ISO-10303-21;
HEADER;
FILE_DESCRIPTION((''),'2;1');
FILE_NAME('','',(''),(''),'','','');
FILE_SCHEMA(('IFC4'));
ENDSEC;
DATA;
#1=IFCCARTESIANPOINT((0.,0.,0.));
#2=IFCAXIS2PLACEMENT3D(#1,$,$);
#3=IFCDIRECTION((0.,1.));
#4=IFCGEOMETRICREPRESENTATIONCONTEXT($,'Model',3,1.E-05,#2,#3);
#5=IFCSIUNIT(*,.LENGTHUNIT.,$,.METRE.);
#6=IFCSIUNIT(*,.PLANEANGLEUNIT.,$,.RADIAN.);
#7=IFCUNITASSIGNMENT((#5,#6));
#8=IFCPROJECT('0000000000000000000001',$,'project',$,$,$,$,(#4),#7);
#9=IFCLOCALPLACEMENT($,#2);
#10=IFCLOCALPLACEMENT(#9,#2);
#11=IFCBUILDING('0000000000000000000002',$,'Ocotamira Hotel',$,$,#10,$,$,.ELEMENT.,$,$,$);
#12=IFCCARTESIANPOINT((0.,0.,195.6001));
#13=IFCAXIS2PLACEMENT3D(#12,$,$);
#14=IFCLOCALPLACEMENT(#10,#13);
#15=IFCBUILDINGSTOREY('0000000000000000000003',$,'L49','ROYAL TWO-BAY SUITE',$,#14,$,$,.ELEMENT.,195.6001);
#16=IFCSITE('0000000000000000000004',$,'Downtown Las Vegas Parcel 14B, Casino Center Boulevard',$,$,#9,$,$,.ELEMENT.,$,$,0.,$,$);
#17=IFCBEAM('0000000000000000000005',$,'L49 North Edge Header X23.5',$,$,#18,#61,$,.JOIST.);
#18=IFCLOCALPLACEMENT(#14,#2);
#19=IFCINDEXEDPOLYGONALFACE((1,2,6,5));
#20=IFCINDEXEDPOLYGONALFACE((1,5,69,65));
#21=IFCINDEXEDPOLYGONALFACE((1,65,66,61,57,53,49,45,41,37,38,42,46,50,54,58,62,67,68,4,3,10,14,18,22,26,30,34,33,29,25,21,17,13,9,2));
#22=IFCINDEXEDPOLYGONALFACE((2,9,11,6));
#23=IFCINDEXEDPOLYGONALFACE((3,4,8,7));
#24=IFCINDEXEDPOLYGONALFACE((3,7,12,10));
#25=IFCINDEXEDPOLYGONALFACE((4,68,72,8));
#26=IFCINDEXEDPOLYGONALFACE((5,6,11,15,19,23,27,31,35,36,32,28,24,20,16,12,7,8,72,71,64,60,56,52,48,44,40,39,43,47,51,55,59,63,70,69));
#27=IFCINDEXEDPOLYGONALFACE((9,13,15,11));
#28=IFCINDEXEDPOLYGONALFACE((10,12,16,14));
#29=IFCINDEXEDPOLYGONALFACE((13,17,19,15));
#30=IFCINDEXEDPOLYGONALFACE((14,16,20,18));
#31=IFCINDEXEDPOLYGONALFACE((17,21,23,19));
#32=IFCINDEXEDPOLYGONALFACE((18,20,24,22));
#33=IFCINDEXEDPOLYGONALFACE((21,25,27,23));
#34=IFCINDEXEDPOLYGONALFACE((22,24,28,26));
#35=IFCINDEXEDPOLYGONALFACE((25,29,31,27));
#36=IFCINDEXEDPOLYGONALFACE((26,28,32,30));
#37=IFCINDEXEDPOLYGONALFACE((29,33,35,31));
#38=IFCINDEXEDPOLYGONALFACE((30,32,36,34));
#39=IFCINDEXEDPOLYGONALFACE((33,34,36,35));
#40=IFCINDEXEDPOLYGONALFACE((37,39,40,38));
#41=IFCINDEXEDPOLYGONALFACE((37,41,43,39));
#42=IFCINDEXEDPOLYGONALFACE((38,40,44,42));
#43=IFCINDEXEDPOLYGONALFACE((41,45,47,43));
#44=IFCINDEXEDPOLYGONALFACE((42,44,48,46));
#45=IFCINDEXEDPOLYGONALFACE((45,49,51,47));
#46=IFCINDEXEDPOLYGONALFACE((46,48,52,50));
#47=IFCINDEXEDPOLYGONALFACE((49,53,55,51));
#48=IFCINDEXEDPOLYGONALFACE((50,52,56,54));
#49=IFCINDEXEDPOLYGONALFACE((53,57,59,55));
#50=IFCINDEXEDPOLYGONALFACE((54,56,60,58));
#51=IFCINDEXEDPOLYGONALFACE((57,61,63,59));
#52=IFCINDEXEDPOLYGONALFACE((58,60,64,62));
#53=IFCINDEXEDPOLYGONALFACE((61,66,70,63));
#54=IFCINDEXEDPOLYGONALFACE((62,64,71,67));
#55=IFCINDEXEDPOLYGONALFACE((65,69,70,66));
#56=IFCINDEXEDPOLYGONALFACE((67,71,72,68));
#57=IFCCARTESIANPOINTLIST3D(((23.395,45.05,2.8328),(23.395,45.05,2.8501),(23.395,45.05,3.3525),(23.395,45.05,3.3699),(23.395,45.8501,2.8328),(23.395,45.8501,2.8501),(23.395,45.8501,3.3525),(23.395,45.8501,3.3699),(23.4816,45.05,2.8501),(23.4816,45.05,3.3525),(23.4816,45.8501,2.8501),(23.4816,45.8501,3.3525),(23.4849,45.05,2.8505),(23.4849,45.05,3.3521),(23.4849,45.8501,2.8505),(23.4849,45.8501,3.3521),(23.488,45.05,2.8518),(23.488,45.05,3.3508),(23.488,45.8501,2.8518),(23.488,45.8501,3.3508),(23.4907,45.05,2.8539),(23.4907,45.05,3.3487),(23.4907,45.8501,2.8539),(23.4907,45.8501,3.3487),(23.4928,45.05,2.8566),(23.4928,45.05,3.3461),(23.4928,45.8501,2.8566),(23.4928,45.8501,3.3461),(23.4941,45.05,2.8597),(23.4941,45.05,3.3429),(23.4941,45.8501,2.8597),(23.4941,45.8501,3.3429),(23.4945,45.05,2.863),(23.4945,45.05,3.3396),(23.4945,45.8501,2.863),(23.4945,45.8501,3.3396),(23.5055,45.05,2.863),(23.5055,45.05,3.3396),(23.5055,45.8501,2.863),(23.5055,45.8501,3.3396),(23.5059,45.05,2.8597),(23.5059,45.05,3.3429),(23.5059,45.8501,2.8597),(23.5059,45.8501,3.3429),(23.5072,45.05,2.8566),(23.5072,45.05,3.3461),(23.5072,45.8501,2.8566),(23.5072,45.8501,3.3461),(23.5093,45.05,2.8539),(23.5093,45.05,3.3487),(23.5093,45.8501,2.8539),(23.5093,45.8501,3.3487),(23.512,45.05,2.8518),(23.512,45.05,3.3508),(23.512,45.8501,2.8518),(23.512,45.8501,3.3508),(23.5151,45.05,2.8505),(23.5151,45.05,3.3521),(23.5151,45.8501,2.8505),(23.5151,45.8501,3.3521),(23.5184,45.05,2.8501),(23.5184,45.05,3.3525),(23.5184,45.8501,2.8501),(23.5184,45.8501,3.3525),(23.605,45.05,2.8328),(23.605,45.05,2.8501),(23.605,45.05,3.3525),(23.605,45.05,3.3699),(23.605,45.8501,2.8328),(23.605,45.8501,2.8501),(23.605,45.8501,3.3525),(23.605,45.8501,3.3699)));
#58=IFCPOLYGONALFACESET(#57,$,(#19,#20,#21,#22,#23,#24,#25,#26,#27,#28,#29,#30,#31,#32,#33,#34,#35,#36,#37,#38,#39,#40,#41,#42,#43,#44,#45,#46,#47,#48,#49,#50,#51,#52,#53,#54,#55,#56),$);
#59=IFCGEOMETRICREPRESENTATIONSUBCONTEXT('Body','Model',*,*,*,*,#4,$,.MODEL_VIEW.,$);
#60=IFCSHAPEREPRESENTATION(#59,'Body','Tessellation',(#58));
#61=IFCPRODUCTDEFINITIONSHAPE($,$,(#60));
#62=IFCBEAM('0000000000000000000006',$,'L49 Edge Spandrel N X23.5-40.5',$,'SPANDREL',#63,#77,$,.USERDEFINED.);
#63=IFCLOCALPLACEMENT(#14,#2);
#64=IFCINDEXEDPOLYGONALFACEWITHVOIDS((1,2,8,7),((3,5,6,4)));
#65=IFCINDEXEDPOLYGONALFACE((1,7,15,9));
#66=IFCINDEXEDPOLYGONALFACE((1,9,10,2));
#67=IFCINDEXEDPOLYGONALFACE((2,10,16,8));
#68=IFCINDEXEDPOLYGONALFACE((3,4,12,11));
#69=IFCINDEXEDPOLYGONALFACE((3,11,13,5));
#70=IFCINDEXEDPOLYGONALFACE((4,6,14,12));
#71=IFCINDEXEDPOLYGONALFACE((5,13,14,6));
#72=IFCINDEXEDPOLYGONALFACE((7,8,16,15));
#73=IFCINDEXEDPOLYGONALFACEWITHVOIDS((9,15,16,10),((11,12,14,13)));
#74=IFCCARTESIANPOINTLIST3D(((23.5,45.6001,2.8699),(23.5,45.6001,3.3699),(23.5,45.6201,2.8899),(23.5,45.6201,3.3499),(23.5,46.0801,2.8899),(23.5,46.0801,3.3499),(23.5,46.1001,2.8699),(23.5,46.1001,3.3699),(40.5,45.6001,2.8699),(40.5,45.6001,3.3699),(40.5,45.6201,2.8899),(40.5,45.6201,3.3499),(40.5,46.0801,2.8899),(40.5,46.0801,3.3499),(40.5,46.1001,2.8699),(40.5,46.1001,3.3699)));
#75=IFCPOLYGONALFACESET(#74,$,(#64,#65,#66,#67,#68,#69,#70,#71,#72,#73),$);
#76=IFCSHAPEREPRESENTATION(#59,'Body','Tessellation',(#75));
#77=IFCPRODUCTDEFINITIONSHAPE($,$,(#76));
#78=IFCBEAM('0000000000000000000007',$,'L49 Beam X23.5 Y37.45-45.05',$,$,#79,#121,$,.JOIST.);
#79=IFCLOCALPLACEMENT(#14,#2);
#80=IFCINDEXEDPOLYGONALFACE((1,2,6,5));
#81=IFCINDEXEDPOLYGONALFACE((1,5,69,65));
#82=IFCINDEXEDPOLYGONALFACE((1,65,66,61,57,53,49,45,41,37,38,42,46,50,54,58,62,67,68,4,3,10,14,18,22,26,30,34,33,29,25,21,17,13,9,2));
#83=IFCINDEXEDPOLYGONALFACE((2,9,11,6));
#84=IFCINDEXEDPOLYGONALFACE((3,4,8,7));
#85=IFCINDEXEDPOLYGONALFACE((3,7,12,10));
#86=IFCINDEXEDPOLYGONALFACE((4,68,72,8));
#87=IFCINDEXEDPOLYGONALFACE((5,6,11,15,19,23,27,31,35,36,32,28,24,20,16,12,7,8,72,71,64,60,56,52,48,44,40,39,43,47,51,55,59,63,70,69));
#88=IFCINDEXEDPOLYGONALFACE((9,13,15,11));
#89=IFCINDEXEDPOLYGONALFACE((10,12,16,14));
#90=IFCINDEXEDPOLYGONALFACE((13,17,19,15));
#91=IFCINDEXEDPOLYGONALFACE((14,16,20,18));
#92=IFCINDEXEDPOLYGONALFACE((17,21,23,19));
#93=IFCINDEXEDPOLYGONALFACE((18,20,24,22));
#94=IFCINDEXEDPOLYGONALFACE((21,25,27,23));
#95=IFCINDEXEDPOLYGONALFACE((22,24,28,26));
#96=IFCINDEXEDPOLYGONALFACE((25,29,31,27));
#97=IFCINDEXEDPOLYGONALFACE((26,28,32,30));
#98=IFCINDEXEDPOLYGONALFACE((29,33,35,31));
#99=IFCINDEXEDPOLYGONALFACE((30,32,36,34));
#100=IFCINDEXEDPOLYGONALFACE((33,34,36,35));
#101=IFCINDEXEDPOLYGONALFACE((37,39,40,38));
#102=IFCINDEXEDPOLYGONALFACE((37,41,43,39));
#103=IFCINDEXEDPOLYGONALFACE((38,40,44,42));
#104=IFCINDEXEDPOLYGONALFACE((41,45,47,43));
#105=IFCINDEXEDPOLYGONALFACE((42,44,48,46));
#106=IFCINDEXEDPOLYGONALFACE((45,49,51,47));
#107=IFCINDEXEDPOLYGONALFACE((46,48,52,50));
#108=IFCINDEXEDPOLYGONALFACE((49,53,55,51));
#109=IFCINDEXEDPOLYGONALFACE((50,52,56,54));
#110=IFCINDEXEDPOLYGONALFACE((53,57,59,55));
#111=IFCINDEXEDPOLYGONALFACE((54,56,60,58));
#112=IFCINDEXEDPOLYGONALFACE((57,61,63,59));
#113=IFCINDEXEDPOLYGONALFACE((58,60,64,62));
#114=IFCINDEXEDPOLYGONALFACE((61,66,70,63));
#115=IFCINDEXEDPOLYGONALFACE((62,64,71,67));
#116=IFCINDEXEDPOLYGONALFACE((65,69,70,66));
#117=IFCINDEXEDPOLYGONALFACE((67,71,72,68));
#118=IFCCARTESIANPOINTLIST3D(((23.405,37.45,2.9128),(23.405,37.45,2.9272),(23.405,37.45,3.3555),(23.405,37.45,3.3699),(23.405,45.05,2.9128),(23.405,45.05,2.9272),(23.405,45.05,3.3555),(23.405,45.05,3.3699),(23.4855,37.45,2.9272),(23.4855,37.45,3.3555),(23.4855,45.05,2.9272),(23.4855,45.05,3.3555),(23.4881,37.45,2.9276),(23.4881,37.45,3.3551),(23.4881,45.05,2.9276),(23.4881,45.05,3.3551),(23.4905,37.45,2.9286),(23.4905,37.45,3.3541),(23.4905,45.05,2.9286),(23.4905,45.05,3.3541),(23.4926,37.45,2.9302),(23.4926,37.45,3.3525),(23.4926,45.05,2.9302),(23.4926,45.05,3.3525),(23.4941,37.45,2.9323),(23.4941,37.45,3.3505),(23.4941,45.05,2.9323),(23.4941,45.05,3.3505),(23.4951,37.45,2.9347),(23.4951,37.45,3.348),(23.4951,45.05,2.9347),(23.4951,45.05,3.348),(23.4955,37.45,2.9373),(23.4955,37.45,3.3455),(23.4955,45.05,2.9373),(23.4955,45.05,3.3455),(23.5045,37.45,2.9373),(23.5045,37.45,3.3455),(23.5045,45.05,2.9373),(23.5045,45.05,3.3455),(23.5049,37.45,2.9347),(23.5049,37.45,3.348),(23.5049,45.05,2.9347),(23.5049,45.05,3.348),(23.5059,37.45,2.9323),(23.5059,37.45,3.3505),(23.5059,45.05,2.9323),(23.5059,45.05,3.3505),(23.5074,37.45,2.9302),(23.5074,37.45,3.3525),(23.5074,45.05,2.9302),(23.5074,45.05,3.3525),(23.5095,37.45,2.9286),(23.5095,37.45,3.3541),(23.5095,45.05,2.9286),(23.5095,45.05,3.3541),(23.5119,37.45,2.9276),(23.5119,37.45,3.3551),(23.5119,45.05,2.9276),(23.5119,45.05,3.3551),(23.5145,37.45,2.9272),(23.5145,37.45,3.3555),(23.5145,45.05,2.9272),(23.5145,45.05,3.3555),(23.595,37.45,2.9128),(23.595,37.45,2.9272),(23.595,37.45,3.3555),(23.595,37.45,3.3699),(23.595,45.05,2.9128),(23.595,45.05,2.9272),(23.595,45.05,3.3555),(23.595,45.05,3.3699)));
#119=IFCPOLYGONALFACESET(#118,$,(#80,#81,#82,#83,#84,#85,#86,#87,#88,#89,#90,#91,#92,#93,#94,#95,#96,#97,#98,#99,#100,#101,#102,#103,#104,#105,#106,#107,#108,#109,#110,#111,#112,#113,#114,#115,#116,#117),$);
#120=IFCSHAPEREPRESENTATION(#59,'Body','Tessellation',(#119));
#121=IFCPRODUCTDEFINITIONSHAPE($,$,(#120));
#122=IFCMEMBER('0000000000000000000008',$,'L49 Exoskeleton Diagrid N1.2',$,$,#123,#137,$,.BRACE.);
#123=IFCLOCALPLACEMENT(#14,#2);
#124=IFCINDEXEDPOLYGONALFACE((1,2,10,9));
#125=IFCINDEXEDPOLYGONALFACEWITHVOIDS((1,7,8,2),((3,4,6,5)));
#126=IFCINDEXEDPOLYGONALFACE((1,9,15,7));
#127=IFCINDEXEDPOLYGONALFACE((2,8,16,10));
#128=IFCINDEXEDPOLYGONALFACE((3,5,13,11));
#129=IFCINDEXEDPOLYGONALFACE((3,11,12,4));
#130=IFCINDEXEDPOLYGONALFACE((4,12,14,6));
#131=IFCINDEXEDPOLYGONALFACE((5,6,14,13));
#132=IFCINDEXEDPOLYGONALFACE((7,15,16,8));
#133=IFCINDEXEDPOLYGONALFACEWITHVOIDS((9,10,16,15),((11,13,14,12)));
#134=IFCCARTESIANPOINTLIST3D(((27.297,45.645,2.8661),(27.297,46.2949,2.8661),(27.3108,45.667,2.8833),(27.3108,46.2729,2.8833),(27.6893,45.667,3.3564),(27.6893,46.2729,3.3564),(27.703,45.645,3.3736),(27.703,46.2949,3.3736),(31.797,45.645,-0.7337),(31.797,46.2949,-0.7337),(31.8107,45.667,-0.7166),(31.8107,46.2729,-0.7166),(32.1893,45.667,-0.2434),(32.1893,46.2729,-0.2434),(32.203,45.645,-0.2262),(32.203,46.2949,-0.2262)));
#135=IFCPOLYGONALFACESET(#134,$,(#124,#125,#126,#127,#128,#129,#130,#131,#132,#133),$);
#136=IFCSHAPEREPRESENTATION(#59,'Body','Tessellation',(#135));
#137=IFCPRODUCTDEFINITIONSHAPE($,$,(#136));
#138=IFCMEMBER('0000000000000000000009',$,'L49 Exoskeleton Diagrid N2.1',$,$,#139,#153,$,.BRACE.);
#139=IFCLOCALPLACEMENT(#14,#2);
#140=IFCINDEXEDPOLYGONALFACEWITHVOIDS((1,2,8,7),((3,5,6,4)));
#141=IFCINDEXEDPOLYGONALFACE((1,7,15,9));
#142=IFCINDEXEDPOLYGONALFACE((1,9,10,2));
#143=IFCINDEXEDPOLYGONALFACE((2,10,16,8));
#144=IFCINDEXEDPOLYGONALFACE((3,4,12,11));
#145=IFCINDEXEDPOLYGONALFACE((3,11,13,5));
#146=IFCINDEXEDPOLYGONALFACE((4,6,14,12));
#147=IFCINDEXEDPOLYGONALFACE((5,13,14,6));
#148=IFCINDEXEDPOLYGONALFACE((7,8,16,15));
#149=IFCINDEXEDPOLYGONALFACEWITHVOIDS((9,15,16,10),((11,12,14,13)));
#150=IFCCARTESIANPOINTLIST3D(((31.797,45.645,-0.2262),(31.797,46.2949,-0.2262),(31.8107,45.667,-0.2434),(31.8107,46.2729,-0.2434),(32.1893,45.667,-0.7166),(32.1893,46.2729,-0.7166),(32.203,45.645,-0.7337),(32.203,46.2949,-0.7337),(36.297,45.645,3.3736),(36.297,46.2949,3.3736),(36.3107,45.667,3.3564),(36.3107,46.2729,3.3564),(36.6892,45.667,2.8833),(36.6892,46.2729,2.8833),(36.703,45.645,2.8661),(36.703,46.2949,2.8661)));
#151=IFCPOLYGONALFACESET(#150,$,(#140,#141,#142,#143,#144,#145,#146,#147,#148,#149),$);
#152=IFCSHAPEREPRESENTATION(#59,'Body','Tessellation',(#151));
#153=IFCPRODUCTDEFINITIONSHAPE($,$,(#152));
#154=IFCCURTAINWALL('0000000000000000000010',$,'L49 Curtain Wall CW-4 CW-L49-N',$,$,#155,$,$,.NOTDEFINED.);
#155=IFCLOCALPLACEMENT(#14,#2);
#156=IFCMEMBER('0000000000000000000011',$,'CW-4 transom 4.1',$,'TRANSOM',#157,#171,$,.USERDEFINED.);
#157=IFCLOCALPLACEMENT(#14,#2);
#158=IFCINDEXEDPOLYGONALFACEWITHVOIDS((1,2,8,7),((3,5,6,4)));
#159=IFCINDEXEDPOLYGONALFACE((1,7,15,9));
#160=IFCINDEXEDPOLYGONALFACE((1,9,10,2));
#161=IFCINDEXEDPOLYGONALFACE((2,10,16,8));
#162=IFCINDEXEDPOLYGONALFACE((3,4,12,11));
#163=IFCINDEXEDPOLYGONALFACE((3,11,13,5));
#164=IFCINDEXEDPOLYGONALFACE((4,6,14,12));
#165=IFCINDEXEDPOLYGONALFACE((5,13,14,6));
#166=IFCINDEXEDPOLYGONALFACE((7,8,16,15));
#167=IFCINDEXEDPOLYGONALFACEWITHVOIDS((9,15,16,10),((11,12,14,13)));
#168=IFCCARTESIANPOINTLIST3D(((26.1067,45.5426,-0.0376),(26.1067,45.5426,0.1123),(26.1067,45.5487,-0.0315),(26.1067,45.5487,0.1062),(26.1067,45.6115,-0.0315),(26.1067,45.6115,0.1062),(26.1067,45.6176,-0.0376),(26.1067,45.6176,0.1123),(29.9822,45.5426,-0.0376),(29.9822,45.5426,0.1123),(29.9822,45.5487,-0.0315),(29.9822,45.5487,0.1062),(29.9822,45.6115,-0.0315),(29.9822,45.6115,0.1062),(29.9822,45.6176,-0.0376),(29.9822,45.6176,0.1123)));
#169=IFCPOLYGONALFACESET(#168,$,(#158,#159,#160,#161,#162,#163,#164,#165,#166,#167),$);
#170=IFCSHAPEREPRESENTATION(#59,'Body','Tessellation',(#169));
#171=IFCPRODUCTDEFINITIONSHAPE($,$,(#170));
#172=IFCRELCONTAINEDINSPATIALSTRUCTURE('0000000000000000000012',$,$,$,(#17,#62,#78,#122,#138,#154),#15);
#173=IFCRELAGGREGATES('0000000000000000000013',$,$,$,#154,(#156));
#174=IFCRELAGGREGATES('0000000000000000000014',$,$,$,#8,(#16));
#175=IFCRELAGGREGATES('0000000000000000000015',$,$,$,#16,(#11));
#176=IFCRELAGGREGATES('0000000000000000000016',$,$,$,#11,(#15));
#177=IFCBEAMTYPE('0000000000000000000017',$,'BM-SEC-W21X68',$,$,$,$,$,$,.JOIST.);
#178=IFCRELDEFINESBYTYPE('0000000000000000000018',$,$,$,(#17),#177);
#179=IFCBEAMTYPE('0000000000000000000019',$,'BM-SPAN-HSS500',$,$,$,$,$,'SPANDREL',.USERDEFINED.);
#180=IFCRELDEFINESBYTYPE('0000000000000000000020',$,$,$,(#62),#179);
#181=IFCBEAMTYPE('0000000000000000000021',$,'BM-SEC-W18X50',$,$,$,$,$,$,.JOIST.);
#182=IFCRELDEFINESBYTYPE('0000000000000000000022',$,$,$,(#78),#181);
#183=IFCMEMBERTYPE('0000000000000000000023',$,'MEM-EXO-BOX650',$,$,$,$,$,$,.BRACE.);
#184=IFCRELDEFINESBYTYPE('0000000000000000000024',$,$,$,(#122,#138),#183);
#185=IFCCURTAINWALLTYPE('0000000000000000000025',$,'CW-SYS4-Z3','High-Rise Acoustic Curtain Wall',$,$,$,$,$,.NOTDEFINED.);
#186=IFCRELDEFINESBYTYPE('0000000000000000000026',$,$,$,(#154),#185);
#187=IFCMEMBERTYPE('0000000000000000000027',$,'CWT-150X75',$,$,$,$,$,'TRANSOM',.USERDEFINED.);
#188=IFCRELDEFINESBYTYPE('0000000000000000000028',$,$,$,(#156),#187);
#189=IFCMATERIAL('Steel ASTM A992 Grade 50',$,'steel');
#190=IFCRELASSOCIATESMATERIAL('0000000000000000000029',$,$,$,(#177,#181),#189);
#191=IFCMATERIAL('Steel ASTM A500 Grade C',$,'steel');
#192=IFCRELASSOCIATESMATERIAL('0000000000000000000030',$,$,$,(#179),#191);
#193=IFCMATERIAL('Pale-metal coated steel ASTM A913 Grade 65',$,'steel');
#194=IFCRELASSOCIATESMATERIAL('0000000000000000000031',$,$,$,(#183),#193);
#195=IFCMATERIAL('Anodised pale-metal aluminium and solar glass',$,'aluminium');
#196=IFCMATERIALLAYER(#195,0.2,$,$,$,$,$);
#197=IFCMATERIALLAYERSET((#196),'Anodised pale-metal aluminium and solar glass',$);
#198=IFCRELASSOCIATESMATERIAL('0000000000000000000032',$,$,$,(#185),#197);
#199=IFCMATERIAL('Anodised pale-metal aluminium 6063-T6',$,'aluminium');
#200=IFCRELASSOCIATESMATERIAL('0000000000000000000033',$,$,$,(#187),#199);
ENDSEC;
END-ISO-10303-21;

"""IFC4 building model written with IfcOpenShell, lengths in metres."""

from ifc_helpers import new_model, si_unit, direction, frame, origin, origin_2d, place, context, subcontext, project, spatial, hollow_rectangle, i_section, extrude, source, transform, mapped, material, layer, layer_set, material_profile, profile_set, type_object, element, aggregate, save


model = new_model("IFC4")

# Units and contexts
model_context = context("Model", 3, precision=1e-05, world=origin(), true_north=direction((0.0, 1.0)))
body_context = subcontext(model_context, "Body", "Model", "MODEL_VIEW")
ifc_project = project(units=[si_unit("LENGTHUNIT", "METRE"), si_unit("PLANEANGLEUNIT", "RADIAN")], contexts=[model_context])

# Site, building, storey
site_placement = place(None, origin())
site = spatial("IfcSite", under=ifc_project, at=site_placement, Name="Downtown Las Vegas Parcel 14B, Casino Center Boulevard", CompositionType="ELEMENT", RefElevation=0.0)
building_placement = place(site_placement, origin())
building = spatial("IfcBuilding", under=site, at=building_placement, Name="Ocotamira Hotel", CompositionType="ELEMENT")
storey_placement = place(building_placement, frame((0.0, 0.0, 195.6001)))
storey = spatial("IfcBuildingStorey", under=building, at=storey_placement, Name="L49", Description="ROYAL TWO-BAY SUITE", CompositionType="ELEMENT", Elevation=195.6001)

# Beams
ifc_material_1 = material(Name="Steel ASTM A992 Grade 50", Category="steel")
ifc_material_profile_1 = material_profile(ifc_material_1, i_section(OverallWidth=0.21, OverallDepth=0.5371, WebThickness=0.011, FlangeThickness=0.0173, FilletRadius=0.0129, at=origin_2d()), Name="W21X68")
ifc_profile_set_1 = profile_set([ifc_material_profile_1], Name="Steel ASTM A992 Grade 50")
beam_type_1 = type_object("IfcBeamType", Name="BM-SEC-W21X68", PredefinedType="JOIST", material=ifc_profile_set_1)
shared_shape_1 = source(origin(), body_context, "Body", "SweptSolid", [
    extrude(i_section(OverallWidth=0.21, OverallDepth=0.5371, WebThickness=0.011, FlangeThickness=0.0173, FilletRadius=0.0129, at=origin_2d()), origin(), (0.0, 0.0, 1.0), 0.8),
])
beam_1_placement = place(storey_placement, frame((23.5, 45.05, 3.1013), z_axis=(0.0, 1.0, 0.0), x_axis=(-1.0, 0.0, 0.0)))
element("IfcBeam", 1, at=beam_1_placement, inside=storey, type_object=beam_type_1, Name="L49 North Edge Header X23.5", PredefinedType="JOIST", context=body_context, shape_type="MappedRepresentation", body=[
    mapped(shared_shape_1, transform((0.0, 0.0, 0.0), scale=1.0)),
])
ifc_material_2 = material(Name="Steel ASTM A500 Grade C", Category="steel")
ifc_material_profile_2 = material_profile(ifc_material_2, hollow_rectangle(XDim=0.5, YDim=0.5, WallThickness=0.02, at=origin_2d()), Name="HSS500X500X20")
ifc_profile_set_2 = profile_set([ifc_material_profile_2], Name="Steel ASTM A500 Grade C")
beam_type_2 = type_object("IfcBeamType", Name="BM-SPAN-HSS500", ElementType="SPANDREL", PredefinedType="USERDEFINED", material=ifc_profile_set_2)
shared_shape_2 = source(origin(), body_context, "Body", "SweptSolid", [
    extrude(hollow_rectangle(XDim=0.5, YDim=0.5, WallThickness=0.02, at=origin_2d()), origin(), (0.0, 0.0, 1.0), 17.0),
])
beam_2_placement = place(storey_placement, frame((23.5, 45.8501, 3.1199), z_axis=(1.0, 0.0, 0.0), x_axis=(0.0, 1.0, 0.0)))
element("IfcBeam", 2, at=beam_2_placement, inside=storey, type_object=beam_type_2, Name="L49 Edge Spandrel N X23.5-40.5", ObjectType="SPANDREL", PredefinedType="USERDEFINED", context=body_context, shape_type="MappedRepresentation", body=[
    mapped(shared_shape_2, transform((0.0, 0.0, 0.0), scale=1.0)),
])
ifc_material_profile_3 = material_profile(ifc_material_1, i_section(OverallWidth=0.1899, OverallDepth=0.457, WebThickness=0.009, FlangeThickness=0.0144, FilletRadius=0.01, at=origin_2d()), Name="W18X50")
ifc_profile_set_3 = profile_set([ifc_material_profile_3], Name="Steel ASTM A992 Grade 50")
beam_type_3 = type_object("IfcBeamType", Name="BM-SEC-W18X50", PredefinedType="JOIST", material=ifc_profile_set_3)
shared_shape_3 = source(origin(), body_context, "Body", "SweptSolid", [
    extrude(i_section(OverallWidth=0.1899, OverallDepth=0.457, WebThickness=0.009, FlangeThickness=0.0144, FilletRadius=0.01, at=origin_2d()), origin(), (0.0, 0.0, 1.0), 7.6001),
])
beam_3_placement = place(storey_placement, frame((23.5, 37.45, 3.1414), z_axis=(0.0, 1.0, 0.0), x_axis=(-1.0, 0.0, 0.0)))
element("IfcBeam", 3, at=beam_3_placement, inside=storey, type_object=beam_type_3, Name="L49 Beam X23.5 Y37.45-45.05", PredefinedType="JOIST", context=body_context, shape_type="MappedRepresentation", body=[
    mapped(shared_shape_3, transform((0.0, 0.0, 0.0), scale=1.0)),
])

# Members
ifc_material_3 = material(Name="Pale-metal coated steel ASTM A913 Grade 65", Category="steel")
ifc_material_profile_4 = material_profile(ifc_material_3, hollow_rectangle(XDim=0.6499, YDim=0.6499, WallThickness=0.022, at=origin_2d()), Name="BOX650X650X22")
ifc_profile_set_4 = profile_set([ifc_material_profile_4], Name="Pale-metal coated steel ASTM A913 Grade 65")
member_type_1 = type_object("IfcMemberType", Name="MEM-EXO-BOX650", PredefinedType="BRACE", material=ifc_profile_set_4)
shared_shape_4 = source(origin(), body_context, "Body", "SweptSolid", [
    extrude(hollow_rectangle(XDim=0.6499, YDim=0.6499, WallThickness=0.022, at=origin_2d()), origin(), (0.0, 0.0, 1.0), 5.7627),
])
for number, where, z_axis, x_axis, name in (
    (4, (32.0, 45.97, -0.48), (-0.780881, 0.0, 0.62468), (0.0, -1.0, 0.0), "L49 Exoskeleton Diagrid N1.2"),
    (5, (32.0, 45.97, -0.48), (0.780881, 0.0, 0.62468), (0.0, 1.0, 0.0), "L49 Exoskeleton Diagrid N2.1"),
):
    element("IfcMember", number, at=place(storey_placement, frame(where, z_axis=z_axis, x_axis=x_axis)), inside=storey, type_object=member_type_1, Name=name, PredefinedType="BRACE", context=body_context, shape_type="MappedRepresentation", body=[
        mapped(shared_shape_4, transform((0.0, 0.0, 0.0), scale=1.0)),
    ])

# Curtain wall, member
ifc_material_4 = material(Name="Anodised pale-metal aluminium and solar glass", Category="aluminium")
ifc_layer_1 = layer(ifc_material_4, 0.2)
ifc_layer_set_1 = layer_set([ifc_layer_1], Name="Anodised pale-metal aluminium and solar glass")
curtain_wall_type = type_object("IfcCurtainWallType", Name="CW-SYS4-Z3", Description="High-Rise Acoustic Curtain Wall", PredefinedType="NOTDEFINED", material=ifc_layer_set_1)
curtain_wall_placement = place(storey_placement, origin())
curtain_wall = element("IfcCurtainWall", 6, at=curtain_wall_placement, inside=storey, type_object=curtain_wall_type, Name="L49 Curtain Wall CW-4 CW-L49-N", PredefinedType="NOTDEFINED")
ifc_material_5 = material(Name="Anodised pale-metal aluminium 6063-T6", Category="aluminium")
ifc_material_profile_5 = material_profile(ifc_material_5, hollow_rectangle(XDim=0.075, YDim=0.1499, WallThickness=0.0061, at=origin_2d()), Name="HSS150X75X6")
ifc_profile_set_5 = profile_set([ifc_material_profile_5], Name="Anodised pale-metal aluminium 6063-T6")
member_type_2 = type_object("IfcMemberType", Name="CWT-150X75", ElementType="TRANSOM", PredefinedType="USERDEFINED", material=ifc_profile_set_5)
shared_shape_5 = source(origin(), body_context, "Body", "SweptSolid", [
    extrude(hollow_rectangle(XDim=0.075, YDim=0.1499, WallThickness=0.0061, at=origin_2d()), origin(), (0.0, 0.0, 1.0), 3.8755),
])
member_1_placement = place(storey_placement, frame((26.1067, 45.5801, 0.0374), z_axis=(1.0, 0.0, 0.0), x_axis=(0.0, 1.0, 0.0)))
member_1 = element("IfcMember", 7, at=member_1_placement, type_object=member_type_2, Name="CW-4 transom 4.1", ObjectType="TRANSOM", PredefinedType="USERDEFINED", context=body_context, shape_type="MappedRepresentation", body=[
    mapped(shared_shape_5, transform((0.0, 0.0, 0.0), scale=1.0)),
])

aggregate(curtain_wall, [member_1])

save(model, "model.ifc")
